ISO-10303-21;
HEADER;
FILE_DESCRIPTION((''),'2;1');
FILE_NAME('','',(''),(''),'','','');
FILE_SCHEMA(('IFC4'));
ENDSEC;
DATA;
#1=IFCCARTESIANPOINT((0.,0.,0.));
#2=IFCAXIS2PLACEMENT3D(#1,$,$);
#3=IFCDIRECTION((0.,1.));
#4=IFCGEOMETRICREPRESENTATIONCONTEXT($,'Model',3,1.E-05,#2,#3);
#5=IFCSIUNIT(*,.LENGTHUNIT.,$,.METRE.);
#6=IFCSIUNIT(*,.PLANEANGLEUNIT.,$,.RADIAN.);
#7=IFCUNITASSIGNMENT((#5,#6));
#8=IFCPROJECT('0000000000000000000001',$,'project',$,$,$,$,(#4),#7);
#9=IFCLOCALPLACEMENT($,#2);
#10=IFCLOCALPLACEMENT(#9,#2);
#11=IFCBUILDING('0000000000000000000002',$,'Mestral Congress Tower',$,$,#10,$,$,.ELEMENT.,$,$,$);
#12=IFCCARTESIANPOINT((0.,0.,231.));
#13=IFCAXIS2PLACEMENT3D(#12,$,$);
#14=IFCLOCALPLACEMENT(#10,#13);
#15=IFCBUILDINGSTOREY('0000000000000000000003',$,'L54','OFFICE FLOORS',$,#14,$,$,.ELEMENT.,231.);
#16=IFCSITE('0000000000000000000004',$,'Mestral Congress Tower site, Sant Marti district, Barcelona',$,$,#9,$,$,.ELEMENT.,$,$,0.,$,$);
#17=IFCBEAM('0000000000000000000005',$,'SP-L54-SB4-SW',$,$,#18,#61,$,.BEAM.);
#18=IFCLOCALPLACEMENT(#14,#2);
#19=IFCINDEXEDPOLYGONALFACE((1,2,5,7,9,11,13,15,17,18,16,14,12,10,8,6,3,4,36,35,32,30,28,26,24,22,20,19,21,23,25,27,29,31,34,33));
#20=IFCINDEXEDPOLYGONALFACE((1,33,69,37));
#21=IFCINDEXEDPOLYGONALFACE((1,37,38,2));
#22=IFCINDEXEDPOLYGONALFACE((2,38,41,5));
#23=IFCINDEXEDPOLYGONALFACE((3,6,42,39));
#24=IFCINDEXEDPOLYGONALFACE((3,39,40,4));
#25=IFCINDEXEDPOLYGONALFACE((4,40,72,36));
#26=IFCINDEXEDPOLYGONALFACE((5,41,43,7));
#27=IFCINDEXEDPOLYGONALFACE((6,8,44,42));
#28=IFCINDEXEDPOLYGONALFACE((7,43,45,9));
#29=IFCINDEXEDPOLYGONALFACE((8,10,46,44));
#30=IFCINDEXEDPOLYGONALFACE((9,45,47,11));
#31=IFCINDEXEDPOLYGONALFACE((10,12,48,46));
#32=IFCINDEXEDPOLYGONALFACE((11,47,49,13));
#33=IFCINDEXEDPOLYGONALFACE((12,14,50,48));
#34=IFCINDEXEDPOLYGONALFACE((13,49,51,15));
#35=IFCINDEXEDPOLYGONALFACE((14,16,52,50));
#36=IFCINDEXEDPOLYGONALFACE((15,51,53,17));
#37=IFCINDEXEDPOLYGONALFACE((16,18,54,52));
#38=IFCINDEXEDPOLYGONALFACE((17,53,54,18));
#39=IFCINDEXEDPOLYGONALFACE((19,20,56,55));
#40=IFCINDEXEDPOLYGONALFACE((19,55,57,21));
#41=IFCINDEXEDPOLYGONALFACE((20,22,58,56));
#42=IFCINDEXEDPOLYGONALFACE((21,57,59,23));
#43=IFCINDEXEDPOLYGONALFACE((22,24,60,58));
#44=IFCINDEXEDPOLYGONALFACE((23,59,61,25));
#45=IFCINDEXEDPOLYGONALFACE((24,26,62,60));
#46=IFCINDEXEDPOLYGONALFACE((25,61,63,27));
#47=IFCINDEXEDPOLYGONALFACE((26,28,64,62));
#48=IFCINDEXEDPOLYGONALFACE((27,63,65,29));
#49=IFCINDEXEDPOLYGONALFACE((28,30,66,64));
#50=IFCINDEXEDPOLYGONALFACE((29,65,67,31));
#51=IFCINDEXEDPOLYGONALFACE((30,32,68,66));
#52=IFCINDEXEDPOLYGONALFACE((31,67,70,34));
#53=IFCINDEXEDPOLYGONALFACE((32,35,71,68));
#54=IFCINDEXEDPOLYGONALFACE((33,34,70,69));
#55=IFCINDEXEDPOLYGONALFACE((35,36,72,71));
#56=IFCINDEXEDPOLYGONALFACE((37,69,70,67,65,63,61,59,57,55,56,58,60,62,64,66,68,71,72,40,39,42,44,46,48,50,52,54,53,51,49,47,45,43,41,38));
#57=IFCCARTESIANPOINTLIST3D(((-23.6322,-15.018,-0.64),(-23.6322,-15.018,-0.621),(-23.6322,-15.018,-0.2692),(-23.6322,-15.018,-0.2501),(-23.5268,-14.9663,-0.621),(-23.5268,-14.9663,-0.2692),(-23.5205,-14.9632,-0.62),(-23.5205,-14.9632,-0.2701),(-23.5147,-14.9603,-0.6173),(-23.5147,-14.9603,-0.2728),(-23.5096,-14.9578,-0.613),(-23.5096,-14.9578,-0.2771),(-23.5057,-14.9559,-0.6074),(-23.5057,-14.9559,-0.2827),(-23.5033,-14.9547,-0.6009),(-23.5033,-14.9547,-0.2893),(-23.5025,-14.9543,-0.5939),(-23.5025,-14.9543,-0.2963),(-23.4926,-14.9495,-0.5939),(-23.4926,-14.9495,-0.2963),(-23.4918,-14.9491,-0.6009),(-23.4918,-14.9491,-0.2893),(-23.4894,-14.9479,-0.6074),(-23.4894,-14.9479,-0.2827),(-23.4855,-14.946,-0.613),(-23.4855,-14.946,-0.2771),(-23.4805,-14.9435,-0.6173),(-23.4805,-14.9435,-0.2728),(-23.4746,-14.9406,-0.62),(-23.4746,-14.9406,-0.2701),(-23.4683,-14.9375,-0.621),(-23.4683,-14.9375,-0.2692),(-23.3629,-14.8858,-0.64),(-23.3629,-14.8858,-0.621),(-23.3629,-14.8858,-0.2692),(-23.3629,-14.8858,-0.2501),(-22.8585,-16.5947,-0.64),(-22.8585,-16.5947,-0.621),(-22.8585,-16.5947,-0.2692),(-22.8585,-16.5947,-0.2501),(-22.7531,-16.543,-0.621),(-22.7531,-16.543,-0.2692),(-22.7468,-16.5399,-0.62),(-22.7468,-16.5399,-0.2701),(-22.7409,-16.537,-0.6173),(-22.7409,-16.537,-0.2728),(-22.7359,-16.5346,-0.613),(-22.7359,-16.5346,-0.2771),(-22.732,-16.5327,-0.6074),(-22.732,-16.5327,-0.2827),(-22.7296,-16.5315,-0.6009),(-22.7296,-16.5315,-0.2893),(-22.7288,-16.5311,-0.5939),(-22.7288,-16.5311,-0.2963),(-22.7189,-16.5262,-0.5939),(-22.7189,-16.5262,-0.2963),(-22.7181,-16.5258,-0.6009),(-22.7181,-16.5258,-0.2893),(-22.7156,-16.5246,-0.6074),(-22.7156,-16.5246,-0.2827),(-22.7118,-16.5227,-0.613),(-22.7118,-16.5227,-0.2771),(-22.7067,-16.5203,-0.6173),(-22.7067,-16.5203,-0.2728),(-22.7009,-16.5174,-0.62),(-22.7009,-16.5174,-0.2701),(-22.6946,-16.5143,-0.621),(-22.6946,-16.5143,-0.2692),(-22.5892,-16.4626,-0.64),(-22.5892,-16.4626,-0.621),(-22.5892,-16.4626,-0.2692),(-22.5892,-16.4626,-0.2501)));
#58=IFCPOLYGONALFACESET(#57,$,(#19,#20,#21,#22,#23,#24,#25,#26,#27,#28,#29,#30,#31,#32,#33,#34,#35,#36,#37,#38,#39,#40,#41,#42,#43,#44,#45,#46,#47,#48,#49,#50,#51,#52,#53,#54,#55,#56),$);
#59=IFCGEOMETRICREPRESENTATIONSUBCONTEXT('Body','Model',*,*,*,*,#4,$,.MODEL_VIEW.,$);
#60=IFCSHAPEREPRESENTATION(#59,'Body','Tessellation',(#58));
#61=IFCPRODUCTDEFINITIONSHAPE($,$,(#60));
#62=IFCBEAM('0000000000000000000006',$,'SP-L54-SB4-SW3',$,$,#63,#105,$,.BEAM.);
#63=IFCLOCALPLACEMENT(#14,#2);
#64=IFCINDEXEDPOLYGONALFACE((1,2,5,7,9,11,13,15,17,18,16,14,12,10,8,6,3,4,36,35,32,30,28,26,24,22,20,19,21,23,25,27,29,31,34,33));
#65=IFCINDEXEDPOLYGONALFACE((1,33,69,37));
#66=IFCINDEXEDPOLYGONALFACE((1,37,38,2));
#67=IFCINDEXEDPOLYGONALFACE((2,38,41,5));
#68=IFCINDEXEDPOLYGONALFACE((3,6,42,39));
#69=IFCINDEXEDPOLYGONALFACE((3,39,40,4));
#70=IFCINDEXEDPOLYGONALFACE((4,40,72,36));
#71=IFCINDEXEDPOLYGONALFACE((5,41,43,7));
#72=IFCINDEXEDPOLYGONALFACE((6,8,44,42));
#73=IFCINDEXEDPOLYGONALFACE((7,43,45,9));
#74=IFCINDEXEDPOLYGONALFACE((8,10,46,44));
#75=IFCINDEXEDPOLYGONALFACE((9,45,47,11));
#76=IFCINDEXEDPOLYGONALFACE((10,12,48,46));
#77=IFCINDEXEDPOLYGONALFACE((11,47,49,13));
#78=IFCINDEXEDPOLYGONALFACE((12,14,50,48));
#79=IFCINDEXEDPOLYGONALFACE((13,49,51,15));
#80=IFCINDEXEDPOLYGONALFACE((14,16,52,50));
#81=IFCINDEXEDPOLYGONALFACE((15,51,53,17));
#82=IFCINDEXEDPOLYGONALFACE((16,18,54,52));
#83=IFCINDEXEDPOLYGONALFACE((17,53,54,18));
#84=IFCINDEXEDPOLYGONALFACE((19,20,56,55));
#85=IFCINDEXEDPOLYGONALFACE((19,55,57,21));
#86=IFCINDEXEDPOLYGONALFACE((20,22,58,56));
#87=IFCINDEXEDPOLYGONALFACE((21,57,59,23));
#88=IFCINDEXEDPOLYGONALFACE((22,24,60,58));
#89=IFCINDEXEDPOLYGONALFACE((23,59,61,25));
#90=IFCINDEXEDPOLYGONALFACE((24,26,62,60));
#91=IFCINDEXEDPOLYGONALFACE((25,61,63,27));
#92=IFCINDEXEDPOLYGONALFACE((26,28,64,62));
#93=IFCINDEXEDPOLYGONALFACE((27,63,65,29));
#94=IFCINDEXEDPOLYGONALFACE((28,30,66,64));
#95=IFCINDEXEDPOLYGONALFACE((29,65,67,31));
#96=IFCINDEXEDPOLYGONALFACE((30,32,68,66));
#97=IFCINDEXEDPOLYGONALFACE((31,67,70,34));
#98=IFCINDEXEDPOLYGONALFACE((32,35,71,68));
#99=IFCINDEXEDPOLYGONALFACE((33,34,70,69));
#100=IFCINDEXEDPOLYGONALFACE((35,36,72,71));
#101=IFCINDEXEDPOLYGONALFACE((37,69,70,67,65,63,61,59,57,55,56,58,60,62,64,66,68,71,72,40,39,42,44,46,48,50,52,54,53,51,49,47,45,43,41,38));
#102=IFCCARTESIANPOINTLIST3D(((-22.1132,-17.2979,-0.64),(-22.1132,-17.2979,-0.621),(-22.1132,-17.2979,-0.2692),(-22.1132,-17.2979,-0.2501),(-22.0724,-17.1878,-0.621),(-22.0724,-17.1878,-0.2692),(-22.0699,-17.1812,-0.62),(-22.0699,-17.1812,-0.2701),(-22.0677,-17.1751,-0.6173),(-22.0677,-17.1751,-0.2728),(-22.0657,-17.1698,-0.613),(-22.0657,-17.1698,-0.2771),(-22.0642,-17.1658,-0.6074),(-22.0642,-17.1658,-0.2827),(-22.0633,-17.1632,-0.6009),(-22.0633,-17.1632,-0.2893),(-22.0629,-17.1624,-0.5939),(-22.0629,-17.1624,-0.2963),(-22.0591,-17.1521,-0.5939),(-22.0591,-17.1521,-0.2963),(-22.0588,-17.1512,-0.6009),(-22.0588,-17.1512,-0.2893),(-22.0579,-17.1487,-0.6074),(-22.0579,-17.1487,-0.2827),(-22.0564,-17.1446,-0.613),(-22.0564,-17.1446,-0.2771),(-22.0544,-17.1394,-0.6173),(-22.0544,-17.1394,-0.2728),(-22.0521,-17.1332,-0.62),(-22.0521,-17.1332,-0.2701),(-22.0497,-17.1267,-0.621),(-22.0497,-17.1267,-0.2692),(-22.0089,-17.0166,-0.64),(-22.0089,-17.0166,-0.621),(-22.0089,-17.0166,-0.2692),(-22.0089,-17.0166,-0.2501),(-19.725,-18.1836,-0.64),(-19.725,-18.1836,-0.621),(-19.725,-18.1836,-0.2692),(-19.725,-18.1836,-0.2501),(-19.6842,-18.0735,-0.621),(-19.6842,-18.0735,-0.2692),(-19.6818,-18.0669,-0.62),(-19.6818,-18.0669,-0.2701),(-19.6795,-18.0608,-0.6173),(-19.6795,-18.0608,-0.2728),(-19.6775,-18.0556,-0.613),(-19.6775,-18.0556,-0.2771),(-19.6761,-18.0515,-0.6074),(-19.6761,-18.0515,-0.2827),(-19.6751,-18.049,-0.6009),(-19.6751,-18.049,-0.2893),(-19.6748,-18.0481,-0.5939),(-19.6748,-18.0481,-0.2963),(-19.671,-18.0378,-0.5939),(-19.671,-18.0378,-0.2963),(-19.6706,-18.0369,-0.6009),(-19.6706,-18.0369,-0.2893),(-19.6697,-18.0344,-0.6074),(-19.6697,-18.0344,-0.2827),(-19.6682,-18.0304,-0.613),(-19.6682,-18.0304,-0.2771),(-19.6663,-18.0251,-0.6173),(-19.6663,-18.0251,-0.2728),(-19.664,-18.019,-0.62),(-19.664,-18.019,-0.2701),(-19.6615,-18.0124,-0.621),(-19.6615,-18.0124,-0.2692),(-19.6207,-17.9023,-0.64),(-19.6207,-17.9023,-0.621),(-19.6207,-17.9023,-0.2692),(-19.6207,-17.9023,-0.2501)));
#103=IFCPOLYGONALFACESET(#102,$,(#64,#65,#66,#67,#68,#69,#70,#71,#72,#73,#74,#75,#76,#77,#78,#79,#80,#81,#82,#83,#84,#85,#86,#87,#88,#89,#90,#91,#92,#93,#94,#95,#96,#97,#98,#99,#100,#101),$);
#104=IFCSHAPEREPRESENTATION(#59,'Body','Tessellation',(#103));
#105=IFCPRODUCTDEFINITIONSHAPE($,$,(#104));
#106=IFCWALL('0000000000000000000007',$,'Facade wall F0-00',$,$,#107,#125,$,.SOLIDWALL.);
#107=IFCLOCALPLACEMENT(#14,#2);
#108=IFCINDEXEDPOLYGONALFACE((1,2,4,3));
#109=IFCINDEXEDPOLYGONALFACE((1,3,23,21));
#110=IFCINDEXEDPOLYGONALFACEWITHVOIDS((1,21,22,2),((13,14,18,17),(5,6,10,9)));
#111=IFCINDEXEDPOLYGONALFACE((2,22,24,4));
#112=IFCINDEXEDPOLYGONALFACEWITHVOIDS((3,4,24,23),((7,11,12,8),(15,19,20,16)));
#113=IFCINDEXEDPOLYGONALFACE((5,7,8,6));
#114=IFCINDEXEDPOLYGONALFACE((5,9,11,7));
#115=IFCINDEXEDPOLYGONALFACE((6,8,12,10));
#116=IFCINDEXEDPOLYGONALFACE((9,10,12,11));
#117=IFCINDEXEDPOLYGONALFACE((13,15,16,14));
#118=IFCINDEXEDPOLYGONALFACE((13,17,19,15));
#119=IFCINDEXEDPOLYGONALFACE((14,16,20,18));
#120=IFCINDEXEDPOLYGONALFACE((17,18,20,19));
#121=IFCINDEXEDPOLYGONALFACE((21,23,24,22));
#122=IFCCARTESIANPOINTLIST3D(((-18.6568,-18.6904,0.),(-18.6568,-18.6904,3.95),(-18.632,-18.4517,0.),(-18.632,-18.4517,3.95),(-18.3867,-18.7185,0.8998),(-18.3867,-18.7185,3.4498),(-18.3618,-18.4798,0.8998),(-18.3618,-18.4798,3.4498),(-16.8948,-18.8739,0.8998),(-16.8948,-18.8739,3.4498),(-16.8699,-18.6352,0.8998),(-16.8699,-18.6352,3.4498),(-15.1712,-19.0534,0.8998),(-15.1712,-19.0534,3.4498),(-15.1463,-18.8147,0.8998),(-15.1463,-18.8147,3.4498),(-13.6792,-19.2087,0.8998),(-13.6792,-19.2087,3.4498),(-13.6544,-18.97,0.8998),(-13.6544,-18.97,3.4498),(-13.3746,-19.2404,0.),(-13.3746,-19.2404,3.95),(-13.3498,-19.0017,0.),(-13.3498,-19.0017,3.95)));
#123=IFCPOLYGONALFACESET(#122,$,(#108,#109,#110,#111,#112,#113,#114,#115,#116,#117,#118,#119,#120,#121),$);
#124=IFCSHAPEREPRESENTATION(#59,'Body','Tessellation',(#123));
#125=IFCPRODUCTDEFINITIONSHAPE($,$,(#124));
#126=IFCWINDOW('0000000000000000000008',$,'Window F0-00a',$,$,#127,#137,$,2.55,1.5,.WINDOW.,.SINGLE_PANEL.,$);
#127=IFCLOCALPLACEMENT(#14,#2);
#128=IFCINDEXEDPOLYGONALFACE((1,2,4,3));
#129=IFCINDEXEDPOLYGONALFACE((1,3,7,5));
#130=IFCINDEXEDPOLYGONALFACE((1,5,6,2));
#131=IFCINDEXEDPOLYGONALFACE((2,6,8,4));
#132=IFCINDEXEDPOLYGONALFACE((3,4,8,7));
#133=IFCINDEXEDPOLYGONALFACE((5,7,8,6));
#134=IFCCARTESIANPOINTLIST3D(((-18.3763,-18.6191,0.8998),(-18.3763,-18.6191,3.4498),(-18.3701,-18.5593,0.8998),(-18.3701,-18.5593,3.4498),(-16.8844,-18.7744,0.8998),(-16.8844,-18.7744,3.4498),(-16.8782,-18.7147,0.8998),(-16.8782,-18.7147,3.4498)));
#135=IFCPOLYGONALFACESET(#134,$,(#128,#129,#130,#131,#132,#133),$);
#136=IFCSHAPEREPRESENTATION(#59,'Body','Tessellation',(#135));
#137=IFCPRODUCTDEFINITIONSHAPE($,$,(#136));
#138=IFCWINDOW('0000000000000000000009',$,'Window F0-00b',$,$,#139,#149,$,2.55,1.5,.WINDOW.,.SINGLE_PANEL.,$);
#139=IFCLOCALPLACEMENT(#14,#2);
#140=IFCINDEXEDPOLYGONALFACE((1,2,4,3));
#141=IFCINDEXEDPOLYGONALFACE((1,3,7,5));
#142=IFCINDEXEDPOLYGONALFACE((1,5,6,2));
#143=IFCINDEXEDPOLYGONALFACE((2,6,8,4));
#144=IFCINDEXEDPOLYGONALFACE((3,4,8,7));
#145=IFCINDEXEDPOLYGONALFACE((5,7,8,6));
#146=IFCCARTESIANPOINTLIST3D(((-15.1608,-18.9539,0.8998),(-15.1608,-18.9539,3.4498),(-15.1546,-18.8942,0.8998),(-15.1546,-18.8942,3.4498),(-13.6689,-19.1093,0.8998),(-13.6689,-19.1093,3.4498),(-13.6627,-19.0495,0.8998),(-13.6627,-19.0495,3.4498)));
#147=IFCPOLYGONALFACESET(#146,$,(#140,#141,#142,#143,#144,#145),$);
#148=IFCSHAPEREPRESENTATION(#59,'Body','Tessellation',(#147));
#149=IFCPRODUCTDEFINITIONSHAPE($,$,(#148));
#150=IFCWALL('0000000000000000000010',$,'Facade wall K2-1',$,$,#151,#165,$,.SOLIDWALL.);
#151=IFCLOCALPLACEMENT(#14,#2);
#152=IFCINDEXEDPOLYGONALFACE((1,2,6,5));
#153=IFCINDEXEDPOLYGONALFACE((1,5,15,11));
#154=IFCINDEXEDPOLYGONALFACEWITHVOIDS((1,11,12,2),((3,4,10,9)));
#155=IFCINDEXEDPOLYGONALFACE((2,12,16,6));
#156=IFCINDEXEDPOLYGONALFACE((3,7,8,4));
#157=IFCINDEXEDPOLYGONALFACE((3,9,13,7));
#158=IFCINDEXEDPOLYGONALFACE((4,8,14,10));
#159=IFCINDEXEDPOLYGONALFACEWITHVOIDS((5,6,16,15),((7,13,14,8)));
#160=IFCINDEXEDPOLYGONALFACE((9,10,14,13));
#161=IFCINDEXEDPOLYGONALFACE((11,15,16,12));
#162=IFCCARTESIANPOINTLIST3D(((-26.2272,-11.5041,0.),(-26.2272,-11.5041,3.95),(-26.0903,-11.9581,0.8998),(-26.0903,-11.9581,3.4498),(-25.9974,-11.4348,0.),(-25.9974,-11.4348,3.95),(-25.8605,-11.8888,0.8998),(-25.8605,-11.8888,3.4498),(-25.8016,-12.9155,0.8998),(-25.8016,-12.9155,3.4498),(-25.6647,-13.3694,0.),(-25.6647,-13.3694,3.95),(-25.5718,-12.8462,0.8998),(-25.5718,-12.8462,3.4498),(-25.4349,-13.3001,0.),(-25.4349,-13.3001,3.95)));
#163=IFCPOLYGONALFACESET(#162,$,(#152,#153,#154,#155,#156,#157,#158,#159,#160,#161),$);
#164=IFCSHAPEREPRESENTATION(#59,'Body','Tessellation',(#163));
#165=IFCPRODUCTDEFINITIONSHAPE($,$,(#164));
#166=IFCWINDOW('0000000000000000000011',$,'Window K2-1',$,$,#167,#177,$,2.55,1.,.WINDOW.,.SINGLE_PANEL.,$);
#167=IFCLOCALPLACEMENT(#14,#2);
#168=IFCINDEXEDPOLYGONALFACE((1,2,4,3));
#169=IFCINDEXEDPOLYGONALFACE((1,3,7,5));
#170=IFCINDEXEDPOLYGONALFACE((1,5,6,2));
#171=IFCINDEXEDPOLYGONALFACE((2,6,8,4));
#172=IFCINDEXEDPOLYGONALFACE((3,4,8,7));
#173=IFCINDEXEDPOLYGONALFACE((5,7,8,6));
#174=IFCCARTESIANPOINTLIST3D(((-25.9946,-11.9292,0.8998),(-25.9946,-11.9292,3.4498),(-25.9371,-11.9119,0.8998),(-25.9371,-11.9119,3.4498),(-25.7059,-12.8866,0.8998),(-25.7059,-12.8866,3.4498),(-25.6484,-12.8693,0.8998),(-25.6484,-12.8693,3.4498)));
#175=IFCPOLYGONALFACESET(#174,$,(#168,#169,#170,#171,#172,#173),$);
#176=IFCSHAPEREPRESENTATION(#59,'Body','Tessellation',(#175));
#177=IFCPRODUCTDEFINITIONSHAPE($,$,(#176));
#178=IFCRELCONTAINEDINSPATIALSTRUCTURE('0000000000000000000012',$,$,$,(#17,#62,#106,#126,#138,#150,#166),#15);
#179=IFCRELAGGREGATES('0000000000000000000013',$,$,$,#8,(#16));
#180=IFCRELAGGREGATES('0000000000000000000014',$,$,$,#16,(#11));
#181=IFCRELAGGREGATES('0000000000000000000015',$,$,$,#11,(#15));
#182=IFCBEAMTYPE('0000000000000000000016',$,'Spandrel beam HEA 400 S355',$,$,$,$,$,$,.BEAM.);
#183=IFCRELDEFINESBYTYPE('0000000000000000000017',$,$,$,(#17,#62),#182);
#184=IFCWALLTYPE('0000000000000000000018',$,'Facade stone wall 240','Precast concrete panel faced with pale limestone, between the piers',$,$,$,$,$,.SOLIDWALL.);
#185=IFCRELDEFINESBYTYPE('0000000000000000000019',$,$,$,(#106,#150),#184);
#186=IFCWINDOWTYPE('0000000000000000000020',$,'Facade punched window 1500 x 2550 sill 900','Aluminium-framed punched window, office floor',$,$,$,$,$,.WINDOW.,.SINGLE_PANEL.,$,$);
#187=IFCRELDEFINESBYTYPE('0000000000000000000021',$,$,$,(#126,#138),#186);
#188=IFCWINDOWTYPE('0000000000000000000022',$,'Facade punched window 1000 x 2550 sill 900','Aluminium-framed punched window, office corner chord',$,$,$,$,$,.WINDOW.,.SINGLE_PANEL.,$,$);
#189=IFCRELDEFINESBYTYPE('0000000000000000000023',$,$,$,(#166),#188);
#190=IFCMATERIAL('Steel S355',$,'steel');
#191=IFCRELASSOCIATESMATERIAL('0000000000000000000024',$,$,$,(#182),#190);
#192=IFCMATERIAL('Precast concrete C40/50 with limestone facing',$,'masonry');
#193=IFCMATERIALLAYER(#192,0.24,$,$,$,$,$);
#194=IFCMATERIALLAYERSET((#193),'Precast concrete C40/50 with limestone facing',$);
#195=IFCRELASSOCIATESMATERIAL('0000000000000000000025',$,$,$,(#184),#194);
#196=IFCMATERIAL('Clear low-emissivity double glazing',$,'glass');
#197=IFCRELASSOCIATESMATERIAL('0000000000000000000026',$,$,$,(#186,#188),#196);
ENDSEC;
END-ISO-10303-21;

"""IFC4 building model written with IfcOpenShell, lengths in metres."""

from ifc_helpers import new_model, si_unit, direction, frame, frame_2d, origin, origin_2d, place, context, subcontext, project, spatial, rectangle, i_section, extrude, material, layer, layer_set, material_profile, profile_set, type_object, element, fill, save


model = new_model("IFC4")

# Units and contexts
model_context = context("Model", 3, precision=1e-05, world=origin(), true_north=direction((0.0, 1.0)))
body_context = subcontext(model_context, "Body", "Model", "MODEL_VIEW")
ifc_project = project(units=[si_unit("LENGTHUNIT", "METRE"), si_unit("PLANEANGLEUNIT", "RADIAN")], contexts=[model_context])

# Site, building, storey
site_placement = place(None, origin())
site = spatial("IfcSite", under=ifc_project, at=site_placement, Name="Mestral Congress Tower site, Sant Marti district, Barcelona", CompositionType="ELEMENT", RefElevation=0.0)
building_placement = place(site_placement, origin())
building = spatial("IfcBuilding", under=site, at=building_placement, Name="Mestral Congress Tower", CompositionType="ELEMENT")
storey_placement = place(building_placement, frame((0.0, 0.0, 231.0)))
storey = spatial("IfcBuildingStorey", under=building, at=storey_placement, Name="L54", Description="OFFICE FLOORS", CompositionType="ELEMENT", Elevation=231.0)

# Beams
ifc_material_1 = material(Name="Steel S355", Category="steel")
ifc_material_profile_1 = material_profile(ifc_material_1, i_section(OverallWidth=0.3, OverallDepth=0.3899, WebThickness=0.011, FlangeThickness=0.019, FilletRadius=0.0271, at=origin_2d()), Name="HEA 400")
ifc_profile_set_1 = profile_set([ifc_material_profile_1], Name="Steel S355")
beam_type_1 = type_object("IfcBeamType", Name="Spandrel beam HEA 400 S355", PredefinedType="BEAM", material=ifc_profile_set_1)
for number, where, z_axis, x_axis, name in (
    (1, (-23.4976, -14.9519, -0.4451), (0.440529, -0.897739, 0.0), (0.897739, 0.440529, 0.0), "SP-L54-SB4-SW"),
):
    element("IfcBeam", number, at=place(storey_placement, frame(where, z_axis=z_axis, x_axis=x_axis)), inside=storey, type_object=beam_type_1, Name=name, PredefinedType="BEAM", context=body_context, shape_type="SweptSolid", body=[
        extrude(i_section(OverallWidth=0.3, OverallDepth=0.3899, WebThickness=0.011, FlangeThickness=0.019, FilletRadius=0.0271, at=origin_2d()), origin(), (0.0, 0.0, 1.0), 1.7563),
    ])
beam_1_placement = place(storey_placement, frame((-22.061, -17.1572, -0.4451), z_axis=(0.937591, -0.347739, 0.0), x_axis=(0.347739, 0.937591, 0.0)))
element("IfcBeam", 2, at=beam_1_placement, inside=storey, type_object=beam_type_1, Name="SP-L54-SB4-SW3", PredefinedType="BEAM", context=body_context, shape_type="SweptSolid", body=[
    extrude(i_section(OverallWidth=0.3, OverallDepth=0.3899, WebThickness=0.011, FlangeThickness=0.019, FilletRadius=0.0271, at=origin_2d()), origin(), (0.0, 0.0, 1.0), 2.5471),
])

# Wall, openings, windows
ifc_material_2 = material(Name="Precast concrete C40/50 with limestone facing", Category="masonry")
ifc_layer_1 = layer(ifc_material_2, 0.24)
ifc_layer_set_1 = layer_set([ifc_layer_1], Name="Precast concrete C40/50 with limestone facing")
wall_type_1 = type_object("IfcWallType", Name="Facade stone wall 240", Description="Precast concrete panel faced with pale limestone, between the piers", PredefinedType="SOLIDWALL", material=ifc_layer_set_1)
wall_1_placement = place(storey_placement, frame((-18.6443, -18.571, 0.0), z_axis=(0.0, 0.0, 1.0), x_axis=(0.994622, -0.103572, 0.0)))
wall_1 = element("IfcWall", 3, at=wall_1_placement, inside=storey, type_object=wall_type_1, Name="Facade wall F0-00", PredefinedType="SOLIDWALL", context=body_context, shape_type="SweptSolid", body=[
    extrude(rectangle(XDim=5.3108, YDim=0.24, at=frame_2d((2.6553, 0.0))), origin(), (0.0, 0.0, 1.0), 3.95),
])
opening_1_placement = place(wall_1_placement, frame((0.2715, 0.0, 0.8999)))
opening_1 = element("IfcOpeningElement", 4, at=opening_1_placement, cuts=wall_1, PredefinedType="OPENING", context=body_context, shape_type="SweptSolid", body=[
    extrude(rectangle(XDim=1.5, YDim=2.55, at=frame_2d((0.75, 1.2749))), frame((0.0, 0.1299, 0.0), z_axis=(0.0, -1.0, 0.0), x_axis=(1.0, 0.0, 0.0)), (0.0, 0.0, 1.0), 0.26),
])
opening_2_placement = place(wall_1_placement, frame((3.5044, 0.0, 0.8999)))
opening_2 = element("IfcOpeningElement", 5, at=opening_2_placement, cuts=wall_1, PredefinedType="OPENING", context=body_context, shape_type="SweptSolid", body=[
    extrude(rectangle(XDim=1.5, YDim=2.55, at=frame_2d((0.75, 1.2749))), frame((0.0, 0.1299, 0.0), z_axis=(0.0, -1.0, 0.0), x_axis=(1.0, 0.0, 0.0)), (0.0, 0.0, 1.0), 0.26),
])
ifc_material_3 = material(Name="Clear low-emissivity double glazing", Category="glass")
window_type_1 = type_object("IfcWindowType", Name="Facade punched window 1500 x 2550 sill 900", Description="Aluminium-framed punched window, office floor", PartitioningType="SINGLE_PANEL", PredefinedType="WINDOW", material=ifc_material_3)
window_1_placement = place(opening_1_placement, origin())
window_1 = element("IfcWindow", 6, at=window_1_placement, inside=storey, type_object=window_type_1, Name="Window F0-00a", OverallHeight=2.55, OverallWidth=1.5, PartitioningType="SINGLE_PANEL", PredefinedType="WINDOW", context=body_context, shape_type="SweptSolid", body=[
    extrude(rectangle(XDim=1.5, YDim=2.55, at=frame_2d((0.75, 1.2749))), frame((0.0, 0.04, 0.0), z_axis=(0.0, -1.0, 0.0), x_axis=(1.0, 0.0, 0.0)), (0.0, 0.0, 1.0), 0.0601),
])
fill(opening_1, window_1)
window_2_placement = place(opening_2_placement, origin())
window_2 = element("IfcWindow", 7, at=window_2_placement, inside=storey, type_object=window_type_1, Name="Window F0-00b", OverallHeight=2.55, OverallWidth=1.5, PartitioningType="SINGLE_PANEL", PredefinedType="WINDOW", context=body_context, shape_type="SweptSolid", body=[
    extrude(rectangle(XDim=1.5, YDim=2.55, at=frame_2d((0.75, 1.2749))), frame((0.0, 0.04, 0.0), z_axis=(0.0, -1.0, 0.0), x_axis=(1.0, 0.0, 0.0)), (0.0, 0.0, 1.0), 0.0601),
])
fill(opening_2, window_2)

# Wall, opening, window
wall_2_placement = place(storey_placement, frame((-26.1123, -11.4695, 0.0), z_axis=(0.0, 0.0, 1.0), x_axis=(0.288727, -0.957411, 0.0)))
wall_2 = element("IfcWall", 8, at=wall_2_placement, inside=storey, type_object=wall_type_1, Name="Facade wall K2-1", PredefinedType="SOLIDWALL", context=body_context, shape_type="SweptSolid", body=[
    extrude(rectangle(XDim=1.9482, YDim=0.24, at=frame_2d((0.9741, 0.0))), origin(), (0.0, 0.0, 1.0), 3.95),
])
opening_3_placement = place(wall_2_placement, frame((0.4741, 0.0, 0.8999)))
opening_3 = element("IfcOpeningElement", 9, at=opening_3_placement, cuts=wall_2, PredefinedType="OPENING", context=body_context, shape_type="SweptSolid", body=[
    extrude(rectangle(XDim=1.0, YDim=2.55, at=frame_2d((0.5, 1.2749))), frame((0.0, 0.1299, 0.0), z_axis=(0.0, -1.0, 0.0), x_axis=(1.0, 0.0, 0.0)), (0.0, 0.0, 1.0), 0.26),
])
window_type_2 = type_object("IfcWindowType", Name="Facade punched window 1000 x 2550 sill 900", Description="Aluminium-framed punched window, office corner chord", PartitioningType="SINGLE_PANEL", PredefinedType="WINDOW", material=ifc_material_3)
window_3_placement = place(opening_3_placement, origin())
window_3 = element("IfcWindow", 10, at=window_3_placement, inside=storey, type_object=window_type_2, Name="Window K2-1", OverallHeight=2.55, OverallWidth=1.0, PartitioningType="SINGLE_PANEL", PredefinedType="WINDOW", context=body_context, shape_type="SweptSolid", body=[
    extrude(rectangle(XDim=1.0, YDim=2.55, at=frame_2d((0.5, 1.2749))), frame((0.0, 0.04, 0.0), z_axis=(0.0, -1.0, 0.0), x_axis=(1.0, 0.0, 0.0)), (0.0, 0.0, 1.0), 0.0601),
])
fill(opening_3, window_3)

save(model, "model.ifc")
